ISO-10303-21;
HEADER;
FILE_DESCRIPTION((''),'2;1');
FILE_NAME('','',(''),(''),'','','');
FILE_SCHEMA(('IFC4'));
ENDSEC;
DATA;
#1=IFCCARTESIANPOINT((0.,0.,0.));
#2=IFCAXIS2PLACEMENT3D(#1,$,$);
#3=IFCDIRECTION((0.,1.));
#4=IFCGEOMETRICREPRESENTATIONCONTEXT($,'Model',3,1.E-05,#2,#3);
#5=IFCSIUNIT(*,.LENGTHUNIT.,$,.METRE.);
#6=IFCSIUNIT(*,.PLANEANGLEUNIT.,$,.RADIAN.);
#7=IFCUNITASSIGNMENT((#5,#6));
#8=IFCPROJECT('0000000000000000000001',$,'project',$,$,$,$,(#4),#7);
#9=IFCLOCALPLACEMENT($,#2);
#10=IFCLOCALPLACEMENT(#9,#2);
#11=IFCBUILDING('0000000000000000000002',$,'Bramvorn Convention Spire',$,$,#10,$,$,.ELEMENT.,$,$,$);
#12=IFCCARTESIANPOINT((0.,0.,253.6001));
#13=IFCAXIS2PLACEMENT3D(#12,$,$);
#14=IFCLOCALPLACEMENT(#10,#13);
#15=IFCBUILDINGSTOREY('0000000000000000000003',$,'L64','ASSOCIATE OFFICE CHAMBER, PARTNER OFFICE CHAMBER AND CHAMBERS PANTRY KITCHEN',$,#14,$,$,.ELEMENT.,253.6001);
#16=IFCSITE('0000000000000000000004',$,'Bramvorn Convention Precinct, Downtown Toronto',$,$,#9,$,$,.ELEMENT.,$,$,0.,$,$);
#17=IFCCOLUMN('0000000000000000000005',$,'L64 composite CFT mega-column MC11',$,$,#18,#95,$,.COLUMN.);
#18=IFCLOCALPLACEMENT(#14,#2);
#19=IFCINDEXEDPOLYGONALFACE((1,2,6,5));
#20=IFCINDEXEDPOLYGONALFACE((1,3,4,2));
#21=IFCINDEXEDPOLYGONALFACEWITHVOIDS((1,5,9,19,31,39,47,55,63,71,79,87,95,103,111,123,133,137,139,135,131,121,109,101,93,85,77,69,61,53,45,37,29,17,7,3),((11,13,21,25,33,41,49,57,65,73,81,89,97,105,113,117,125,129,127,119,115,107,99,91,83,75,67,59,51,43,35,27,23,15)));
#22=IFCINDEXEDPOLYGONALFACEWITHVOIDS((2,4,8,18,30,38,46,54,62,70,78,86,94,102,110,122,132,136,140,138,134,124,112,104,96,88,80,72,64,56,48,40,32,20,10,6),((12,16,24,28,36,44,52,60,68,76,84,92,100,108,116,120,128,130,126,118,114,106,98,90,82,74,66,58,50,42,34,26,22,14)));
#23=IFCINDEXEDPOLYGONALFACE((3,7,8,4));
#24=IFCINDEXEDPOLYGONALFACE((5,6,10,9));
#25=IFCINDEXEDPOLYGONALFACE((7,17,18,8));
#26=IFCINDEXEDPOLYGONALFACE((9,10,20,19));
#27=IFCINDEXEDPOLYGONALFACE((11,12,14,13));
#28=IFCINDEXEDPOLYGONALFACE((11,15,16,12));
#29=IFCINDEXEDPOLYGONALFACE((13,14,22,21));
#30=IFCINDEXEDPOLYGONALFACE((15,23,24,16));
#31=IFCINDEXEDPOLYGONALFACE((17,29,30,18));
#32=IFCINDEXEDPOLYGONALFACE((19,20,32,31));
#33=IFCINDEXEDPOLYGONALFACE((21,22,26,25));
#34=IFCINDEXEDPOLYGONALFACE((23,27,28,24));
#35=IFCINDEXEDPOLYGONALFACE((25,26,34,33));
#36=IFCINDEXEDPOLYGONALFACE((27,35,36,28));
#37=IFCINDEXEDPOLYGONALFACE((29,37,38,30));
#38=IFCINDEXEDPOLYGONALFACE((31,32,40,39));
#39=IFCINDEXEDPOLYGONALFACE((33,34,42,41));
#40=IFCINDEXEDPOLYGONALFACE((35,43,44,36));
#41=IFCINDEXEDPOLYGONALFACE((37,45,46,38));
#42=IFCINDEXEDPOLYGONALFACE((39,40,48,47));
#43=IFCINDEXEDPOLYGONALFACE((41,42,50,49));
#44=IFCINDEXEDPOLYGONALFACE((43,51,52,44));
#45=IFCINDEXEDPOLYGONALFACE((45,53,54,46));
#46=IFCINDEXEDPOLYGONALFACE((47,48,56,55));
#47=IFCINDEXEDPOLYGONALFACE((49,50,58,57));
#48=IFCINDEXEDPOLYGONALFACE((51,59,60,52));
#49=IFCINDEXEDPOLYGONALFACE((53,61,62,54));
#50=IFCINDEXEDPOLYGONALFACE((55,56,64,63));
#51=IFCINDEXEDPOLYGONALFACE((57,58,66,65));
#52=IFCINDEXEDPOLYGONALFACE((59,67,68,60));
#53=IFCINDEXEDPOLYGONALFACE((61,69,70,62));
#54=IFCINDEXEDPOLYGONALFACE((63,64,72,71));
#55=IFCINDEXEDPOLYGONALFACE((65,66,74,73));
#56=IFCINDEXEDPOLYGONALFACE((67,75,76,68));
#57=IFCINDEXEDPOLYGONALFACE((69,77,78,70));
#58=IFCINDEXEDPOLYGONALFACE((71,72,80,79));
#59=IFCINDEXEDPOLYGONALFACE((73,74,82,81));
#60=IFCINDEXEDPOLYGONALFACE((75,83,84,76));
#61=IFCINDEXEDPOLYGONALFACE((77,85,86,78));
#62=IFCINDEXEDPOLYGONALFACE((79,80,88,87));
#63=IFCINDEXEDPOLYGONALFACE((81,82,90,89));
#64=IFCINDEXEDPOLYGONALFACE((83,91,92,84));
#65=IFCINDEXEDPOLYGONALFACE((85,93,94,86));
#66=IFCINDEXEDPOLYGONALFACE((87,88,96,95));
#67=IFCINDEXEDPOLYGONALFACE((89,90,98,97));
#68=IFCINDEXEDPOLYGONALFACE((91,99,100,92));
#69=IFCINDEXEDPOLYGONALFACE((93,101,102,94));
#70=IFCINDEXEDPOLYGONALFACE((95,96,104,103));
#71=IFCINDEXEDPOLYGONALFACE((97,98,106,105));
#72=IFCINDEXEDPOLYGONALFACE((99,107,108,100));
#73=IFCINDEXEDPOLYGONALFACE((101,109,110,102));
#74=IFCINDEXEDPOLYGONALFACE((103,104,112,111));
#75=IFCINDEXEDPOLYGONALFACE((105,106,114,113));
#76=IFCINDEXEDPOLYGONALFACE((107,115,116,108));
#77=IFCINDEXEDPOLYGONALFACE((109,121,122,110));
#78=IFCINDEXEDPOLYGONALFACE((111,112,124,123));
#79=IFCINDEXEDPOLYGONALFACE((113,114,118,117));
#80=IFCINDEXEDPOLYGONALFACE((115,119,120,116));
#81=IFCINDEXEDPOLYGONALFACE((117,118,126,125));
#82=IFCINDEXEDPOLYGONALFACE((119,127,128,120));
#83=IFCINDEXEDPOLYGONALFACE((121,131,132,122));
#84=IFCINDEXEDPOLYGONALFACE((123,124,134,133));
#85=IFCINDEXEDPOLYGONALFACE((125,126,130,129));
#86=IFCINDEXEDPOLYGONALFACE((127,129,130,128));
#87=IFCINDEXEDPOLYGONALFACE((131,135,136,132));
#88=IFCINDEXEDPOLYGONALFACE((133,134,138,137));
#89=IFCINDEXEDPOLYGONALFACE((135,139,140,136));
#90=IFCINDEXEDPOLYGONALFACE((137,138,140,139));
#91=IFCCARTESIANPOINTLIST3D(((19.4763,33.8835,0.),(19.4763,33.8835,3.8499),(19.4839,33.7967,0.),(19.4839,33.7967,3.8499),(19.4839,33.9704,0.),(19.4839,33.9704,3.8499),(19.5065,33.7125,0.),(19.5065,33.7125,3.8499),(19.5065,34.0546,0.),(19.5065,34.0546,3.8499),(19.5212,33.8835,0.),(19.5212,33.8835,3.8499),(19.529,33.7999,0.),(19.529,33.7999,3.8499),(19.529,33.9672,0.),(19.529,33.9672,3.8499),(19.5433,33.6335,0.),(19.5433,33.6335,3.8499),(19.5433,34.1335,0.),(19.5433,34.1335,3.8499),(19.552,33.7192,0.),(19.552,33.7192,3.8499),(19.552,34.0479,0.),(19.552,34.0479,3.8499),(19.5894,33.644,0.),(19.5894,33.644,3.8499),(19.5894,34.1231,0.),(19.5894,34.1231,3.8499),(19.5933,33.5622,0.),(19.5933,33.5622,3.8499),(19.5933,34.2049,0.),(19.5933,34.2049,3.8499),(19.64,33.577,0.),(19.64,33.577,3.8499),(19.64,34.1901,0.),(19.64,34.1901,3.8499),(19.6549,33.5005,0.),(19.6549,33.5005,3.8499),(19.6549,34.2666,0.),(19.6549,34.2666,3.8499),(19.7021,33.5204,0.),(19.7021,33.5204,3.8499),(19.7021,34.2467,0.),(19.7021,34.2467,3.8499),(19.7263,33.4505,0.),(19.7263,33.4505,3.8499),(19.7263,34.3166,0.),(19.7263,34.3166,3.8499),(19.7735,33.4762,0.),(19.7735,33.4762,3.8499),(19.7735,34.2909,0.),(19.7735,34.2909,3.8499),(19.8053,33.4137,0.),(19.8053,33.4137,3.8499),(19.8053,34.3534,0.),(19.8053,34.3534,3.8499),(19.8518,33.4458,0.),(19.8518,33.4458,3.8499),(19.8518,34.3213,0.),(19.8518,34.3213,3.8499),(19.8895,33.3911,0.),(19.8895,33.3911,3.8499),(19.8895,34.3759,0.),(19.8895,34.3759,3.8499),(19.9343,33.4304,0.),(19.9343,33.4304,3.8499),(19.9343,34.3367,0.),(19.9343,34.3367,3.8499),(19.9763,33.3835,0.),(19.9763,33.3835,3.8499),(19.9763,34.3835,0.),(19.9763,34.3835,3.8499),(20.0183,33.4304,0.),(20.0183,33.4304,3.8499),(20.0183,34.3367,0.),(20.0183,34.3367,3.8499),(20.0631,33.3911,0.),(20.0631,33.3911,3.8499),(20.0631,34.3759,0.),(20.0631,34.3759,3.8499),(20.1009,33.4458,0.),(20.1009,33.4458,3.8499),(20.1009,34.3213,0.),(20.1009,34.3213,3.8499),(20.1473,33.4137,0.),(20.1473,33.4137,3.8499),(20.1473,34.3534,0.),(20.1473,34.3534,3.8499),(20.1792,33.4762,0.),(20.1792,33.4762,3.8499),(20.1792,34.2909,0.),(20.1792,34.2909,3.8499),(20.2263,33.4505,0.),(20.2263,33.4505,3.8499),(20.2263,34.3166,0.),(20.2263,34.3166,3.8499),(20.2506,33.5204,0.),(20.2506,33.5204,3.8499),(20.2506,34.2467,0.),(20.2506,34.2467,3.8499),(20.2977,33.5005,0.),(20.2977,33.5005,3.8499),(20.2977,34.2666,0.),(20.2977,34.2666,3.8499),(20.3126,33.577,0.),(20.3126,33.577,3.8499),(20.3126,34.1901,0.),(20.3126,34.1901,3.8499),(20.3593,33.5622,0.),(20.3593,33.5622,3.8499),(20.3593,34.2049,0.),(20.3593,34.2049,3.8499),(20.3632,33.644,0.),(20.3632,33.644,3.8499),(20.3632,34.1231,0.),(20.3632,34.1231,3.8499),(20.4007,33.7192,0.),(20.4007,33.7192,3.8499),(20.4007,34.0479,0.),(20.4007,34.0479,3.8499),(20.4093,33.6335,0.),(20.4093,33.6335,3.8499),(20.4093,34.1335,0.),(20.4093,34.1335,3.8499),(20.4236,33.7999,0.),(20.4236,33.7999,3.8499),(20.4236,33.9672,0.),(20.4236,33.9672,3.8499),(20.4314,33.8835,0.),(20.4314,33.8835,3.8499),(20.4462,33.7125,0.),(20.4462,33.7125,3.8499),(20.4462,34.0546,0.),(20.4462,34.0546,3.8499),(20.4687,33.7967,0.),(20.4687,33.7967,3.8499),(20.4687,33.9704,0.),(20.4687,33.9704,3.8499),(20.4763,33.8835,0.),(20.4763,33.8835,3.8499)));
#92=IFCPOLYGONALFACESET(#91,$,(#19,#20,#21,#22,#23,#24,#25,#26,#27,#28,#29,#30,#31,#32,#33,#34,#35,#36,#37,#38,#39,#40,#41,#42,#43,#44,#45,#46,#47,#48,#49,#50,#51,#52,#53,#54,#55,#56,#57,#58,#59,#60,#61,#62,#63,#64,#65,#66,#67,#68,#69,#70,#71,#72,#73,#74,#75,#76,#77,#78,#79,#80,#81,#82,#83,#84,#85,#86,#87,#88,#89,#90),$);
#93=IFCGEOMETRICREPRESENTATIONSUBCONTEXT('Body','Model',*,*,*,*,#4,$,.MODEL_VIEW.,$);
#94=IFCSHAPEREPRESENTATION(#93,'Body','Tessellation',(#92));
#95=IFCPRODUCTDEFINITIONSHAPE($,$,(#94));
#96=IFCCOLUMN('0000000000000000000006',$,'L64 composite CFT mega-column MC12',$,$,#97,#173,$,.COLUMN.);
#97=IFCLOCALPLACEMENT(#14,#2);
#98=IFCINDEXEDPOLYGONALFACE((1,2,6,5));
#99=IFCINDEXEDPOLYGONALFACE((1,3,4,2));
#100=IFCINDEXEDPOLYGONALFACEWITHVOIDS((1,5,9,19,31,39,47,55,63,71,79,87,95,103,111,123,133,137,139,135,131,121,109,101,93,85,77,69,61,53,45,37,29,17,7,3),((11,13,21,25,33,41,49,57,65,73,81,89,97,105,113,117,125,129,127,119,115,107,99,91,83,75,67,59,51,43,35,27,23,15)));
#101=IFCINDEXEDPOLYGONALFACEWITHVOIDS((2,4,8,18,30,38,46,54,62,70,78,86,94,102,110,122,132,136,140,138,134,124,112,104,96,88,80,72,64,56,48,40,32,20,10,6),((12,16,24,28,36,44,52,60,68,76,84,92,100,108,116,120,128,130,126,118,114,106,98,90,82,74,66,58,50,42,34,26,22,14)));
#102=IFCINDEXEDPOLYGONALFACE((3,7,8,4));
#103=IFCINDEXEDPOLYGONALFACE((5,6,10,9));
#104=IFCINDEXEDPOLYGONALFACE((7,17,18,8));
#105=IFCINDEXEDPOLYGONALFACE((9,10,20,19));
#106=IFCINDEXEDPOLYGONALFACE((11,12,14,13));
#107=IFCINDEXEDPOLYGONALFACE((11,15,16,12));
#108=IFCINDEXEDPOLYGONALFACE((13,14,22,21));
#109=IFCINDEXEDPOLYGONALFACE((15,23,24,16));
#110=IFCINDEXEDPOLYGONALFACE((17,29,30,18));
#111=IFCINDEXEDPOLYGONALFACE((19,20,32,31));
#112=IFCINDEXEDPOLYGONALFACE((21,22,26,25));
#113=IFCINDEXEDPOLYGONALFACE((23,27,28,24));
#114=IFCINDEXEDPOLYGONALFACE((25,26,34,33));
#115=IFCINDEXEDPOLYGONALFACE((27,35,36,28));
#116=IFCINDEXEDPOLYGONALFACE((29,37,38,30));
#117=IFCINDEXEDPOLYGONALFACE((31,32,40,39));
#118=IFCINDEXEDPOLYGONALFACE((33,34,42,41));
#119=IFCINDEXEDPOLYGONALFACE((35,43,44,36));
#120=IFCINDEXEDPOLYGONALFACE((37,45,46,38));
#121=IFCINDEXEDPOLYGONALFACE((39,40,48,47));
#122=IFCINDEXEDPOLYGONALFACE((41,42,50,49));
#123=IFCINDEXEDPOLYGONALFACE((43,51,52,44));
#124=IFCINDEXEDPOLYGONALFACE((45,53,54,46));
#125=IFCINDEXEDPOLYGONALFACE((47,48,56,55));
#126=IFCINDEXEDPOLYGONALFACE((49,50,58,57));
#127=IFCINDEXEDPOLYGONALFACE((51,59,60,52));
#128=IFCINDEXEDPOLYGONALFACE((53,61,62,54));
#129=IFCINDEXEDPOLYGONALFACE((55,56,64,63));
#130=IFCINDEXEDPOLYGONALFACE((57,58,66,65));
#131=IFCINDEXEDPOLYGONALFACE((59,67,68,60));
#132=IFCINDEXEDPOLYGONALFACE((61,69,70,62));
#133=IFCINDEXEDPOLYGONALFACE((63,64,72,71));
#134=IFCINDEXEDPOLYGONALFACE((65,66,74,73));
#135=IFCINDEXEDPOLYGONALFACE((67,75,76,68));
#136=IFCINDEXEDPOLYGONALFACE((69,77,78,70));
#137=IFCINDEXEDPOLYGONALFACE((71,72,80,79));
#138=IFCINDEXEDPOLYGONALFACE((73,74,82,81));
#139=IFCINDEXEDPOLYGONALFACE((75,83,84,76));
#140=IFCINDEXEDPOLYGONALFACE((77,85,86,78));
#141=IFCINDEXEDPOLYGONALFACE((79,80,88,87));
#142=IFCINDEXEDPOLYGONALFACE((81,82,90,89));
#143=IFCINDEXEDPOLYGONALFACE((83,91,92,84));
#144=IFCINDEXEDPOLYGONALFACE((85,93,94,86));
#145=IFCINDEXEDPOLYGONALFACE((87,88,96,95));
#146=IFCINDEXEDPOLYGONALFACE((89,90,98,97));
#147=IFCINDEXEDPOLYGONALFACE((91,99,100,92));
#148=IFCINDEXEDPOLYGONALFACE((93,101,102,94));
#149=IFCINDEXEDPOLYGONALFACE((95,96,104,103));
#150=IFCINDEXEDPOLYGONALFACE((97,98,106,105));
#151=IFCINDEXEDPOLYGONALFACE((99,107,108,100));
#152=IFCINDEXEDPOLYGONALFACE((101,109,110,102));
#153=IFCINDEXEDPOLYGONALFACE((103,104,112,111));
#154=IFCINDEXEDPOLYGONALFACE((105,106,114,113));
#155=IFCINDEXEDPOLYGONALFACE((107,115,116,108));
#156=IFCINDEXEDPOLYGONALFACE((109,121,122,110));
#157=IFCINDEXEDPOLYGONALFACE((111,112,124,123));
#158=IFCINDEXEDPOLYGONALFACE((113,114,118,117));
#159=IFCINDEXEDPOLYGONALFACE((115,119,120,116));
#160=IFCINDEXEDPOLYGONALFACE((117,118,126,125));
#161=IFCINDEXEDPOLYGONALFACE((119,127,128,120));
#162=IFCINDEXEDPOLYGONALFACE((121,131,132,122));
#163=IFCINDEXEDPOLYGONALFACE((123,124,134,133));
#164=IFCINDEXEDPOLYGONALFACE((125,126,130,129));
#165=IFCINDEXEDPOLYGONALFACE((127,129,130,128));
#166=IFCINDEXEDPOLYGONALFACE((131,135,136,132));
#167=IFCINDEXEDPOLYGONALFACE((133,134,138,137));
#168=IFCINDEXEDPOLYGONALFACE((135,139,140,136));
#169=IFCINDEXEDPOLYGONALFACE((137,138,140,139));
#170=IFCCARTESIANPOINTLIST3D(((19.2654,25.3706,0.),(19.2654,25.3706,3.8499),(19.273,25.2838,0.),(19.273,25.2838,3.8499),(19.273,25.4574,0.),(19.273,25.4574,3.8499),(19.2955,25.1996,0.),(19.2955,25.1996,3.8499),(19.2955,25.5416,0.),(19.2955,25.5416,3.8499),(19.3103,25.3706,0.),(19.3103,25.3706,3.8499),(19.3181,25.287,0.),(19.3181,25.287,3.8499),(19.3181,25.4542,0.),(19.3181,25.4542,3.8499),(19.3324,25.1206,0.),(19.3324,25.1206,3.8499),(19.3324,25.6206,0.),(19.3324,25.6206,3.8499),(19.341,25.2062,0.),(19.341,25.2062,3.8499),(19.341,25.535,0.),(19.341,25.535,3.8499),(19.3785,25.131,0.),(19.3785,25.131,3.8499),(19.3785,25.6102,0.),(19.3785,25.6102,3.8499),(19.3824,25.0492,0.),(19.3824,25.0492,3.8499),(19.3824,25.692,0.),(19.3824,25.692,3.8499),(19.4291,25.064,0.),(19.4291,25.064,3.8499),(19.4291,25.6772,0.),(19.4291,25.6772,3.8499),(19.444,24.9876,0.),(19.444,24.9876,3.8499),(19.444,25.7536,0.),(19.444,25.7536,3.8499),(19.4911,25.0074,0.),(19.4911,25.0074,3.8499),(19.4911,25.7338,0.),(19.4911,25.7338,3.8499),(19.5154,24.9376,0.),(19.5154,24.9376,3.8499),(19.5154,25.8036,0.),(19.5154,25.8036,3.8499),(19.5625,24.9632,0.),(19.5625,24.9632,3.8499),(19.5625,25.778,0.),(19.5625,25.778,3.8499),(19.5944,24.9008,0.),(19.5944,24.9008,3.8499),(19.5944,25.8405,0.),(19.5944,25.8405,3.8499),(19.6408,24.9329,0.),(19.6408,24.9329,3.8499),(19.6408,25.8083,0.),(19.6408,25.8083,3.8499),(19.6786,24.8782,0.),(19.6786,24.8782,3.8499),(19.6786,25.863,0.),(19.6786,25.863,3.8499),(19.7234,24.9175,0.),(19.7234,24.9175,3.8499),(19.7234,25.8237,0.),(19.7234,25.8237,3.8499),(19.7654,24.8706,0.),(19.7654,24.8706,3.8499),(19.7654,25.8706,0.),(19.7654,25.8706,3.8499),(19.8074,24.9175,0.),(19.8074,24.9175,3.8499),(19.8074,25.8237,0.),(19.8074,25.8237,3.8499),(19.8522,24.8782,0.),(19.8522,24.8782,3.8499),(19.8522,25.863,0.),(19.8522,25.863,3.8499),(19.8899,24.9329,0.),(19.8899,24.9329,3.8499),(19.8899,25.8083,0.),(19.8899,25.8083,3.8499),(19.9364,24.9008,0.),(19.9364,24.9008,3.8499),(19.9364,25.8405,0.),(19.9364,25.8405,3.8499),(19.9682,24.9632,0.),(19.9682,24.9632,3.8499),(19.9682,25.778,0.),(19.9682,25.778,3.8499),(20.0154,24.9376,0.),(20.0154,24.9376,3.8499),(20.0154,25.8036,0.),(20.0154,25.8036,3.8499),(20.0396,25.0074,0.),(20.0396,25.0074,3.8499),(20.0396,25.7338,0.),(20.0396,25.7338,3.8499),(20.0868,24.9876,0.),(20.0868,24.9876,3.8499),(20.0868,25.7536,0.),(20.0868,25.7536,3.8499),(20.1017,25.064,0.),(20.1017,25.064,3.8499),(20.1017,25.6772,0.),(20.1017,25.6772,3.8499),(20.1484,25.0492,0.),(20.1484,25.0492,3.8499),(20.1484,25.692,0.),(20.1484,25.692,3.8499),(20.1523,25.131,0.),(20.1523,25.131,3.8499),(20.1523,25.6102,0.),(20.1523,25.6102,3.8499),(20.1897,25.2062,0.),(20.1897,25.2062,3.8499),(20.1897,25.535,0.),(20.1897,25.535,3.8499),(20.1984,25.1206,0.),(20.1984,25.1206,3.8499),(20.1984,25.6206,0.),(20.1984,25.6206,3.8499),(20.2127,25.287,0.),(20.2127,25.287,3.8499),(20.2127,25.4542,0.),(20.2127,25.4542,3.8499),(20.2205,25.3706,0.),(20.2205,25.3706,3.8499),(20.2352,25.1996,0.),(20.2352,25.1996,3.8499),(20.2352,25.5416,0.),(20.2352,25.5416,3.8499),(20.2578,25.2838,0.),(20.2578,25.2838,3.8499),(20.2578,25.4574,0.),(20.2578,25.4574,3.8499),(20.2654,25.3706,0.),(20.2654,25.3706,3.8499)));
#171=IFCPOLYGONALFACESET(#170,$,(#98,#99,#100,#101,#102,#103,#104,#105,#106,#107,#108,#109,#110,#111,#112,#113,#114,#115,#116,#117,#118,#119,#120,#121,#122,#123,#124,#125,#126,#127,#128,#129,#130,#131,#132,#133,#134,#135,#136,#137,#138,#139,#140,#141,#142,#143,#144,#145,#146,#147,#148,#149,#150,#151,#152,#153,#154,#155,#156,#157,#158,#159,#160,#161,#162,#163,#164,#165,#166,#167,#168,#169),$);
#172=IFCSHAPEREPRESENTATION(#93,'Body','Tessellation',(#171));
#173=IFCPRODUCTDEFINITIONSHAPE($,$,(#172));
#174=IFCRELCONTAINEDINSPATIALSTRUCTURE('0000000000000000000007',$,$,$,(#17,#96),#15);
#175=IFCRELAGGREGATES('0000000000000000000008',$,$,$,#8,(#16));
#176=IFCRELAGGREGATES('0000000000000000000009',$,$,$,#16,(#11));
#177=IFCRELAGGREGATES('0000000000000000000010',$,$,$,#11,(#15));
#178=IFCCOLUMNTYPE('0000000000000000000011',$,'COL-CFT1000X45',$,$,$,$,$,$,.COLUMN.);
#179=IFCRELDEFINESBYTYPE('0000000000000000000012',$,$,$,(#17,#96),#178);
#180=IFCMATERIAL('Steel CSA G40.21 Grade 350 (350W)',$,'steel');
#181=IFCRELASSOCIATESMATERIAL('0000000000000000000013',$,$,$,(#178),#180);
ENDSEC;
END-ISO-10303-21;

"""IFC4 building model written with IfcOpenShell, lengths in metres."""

from ifc_helpers import new_model, si_unit, direction, frame, origin, origin_2d, place, context, subcontext, project, spatial, hollow_circle, extrude, material, material_profile, profile_set, type_object, element, save


model = new_model("IFC4")

# Units and contexts
model_context = context("Model", 3, precision=1e-05, world=origin(), true_north=direction((0.0, 1.0)))
body_context = subcontext(model_context, "Body", "Model", "MODEL_VIEW")
ifc_project = project(units=[si_unit("LENGTHUNIT", "METRE"), si_unit("PLANEANGLEUNIT", "RADIAN")], contexts=[model_context])

# Site, building, storey
site_placement = place(None, origin())
site = spatial("IfcSite", under=ifc_project, at=site_placement, Name="Bramvorn Convention Precinct, Downtown Toronto", CompositionType="ELEMENT", RefElevation=0.0)
building_placement = place(site_placement, origin())
building = spatial("IfcBuilding", under=site, at=building_placement, Name="Bramvorn Convention Spire", CompositionType="ELEMENT")
storey_placement = place(building_placement, frame((0.0, 0.0, 253.6001)))
storey = spatial("IfcBuildingStorey", under=building, at=storey_placement, Name="L64", Description="ASSOCIATE OFFICE CHAMBER, PARTNER OFFICE CHAMBER AND CHAMBERS PANTRY KITCHEN", CompositionType="ELEMENT", Elevation=253.6001)

# Columns
ifc_material_1 = material(Name="Steel CSA G40.21 Grade 350 (350W)", Category="steel")
ifc_material_profile_1 = material_profile(ifc_material_1, hollow_circle(Radius=0.5, WallThickness=0.0449, at=origin_2d()))
ifc_profile_set_1 = profile_set([ifc_material_profile_1], Name="Steel CSA G40.21 Grade 350 (350W) - CFT1000X45")
column_type = type_object("IfcColumnType", Name="COL-CFT1000X45", PredefinedType="COLUMN", material=ifc_profile_set_1)
for number, where, z_axis, x_axis, name in (
    (1, (19.9763, 33.8835, 0.0), (0.0, 0.0, 1.0), (1.0, 0.0, 0.0), "L64 composite CFT mega-column MC11"),
    (2, (19.7654, 25.3706, 0.0), (0.0, 0.0, 1.0), (1.0, 0.0, 0.0), "L64 composite CFT mega-column MC12"),
):
    element("IfcColumn", number, at=place(storey_placement, frame(where, z_axis=z_axis, x_axis=x_axis)), inside=storey, type_object=column_type, Name=name, PredefinedType="COLUMN", context=body_context, shape_type="SweptSolid", body=[
        extrude(hollow_circle(Radius=0.5, WallThickness=0.0449, at=origin_2d()), origin(), (0.0, 0.0, 1.0), 3.8499),
    ])

save(model, "model.ifc")
